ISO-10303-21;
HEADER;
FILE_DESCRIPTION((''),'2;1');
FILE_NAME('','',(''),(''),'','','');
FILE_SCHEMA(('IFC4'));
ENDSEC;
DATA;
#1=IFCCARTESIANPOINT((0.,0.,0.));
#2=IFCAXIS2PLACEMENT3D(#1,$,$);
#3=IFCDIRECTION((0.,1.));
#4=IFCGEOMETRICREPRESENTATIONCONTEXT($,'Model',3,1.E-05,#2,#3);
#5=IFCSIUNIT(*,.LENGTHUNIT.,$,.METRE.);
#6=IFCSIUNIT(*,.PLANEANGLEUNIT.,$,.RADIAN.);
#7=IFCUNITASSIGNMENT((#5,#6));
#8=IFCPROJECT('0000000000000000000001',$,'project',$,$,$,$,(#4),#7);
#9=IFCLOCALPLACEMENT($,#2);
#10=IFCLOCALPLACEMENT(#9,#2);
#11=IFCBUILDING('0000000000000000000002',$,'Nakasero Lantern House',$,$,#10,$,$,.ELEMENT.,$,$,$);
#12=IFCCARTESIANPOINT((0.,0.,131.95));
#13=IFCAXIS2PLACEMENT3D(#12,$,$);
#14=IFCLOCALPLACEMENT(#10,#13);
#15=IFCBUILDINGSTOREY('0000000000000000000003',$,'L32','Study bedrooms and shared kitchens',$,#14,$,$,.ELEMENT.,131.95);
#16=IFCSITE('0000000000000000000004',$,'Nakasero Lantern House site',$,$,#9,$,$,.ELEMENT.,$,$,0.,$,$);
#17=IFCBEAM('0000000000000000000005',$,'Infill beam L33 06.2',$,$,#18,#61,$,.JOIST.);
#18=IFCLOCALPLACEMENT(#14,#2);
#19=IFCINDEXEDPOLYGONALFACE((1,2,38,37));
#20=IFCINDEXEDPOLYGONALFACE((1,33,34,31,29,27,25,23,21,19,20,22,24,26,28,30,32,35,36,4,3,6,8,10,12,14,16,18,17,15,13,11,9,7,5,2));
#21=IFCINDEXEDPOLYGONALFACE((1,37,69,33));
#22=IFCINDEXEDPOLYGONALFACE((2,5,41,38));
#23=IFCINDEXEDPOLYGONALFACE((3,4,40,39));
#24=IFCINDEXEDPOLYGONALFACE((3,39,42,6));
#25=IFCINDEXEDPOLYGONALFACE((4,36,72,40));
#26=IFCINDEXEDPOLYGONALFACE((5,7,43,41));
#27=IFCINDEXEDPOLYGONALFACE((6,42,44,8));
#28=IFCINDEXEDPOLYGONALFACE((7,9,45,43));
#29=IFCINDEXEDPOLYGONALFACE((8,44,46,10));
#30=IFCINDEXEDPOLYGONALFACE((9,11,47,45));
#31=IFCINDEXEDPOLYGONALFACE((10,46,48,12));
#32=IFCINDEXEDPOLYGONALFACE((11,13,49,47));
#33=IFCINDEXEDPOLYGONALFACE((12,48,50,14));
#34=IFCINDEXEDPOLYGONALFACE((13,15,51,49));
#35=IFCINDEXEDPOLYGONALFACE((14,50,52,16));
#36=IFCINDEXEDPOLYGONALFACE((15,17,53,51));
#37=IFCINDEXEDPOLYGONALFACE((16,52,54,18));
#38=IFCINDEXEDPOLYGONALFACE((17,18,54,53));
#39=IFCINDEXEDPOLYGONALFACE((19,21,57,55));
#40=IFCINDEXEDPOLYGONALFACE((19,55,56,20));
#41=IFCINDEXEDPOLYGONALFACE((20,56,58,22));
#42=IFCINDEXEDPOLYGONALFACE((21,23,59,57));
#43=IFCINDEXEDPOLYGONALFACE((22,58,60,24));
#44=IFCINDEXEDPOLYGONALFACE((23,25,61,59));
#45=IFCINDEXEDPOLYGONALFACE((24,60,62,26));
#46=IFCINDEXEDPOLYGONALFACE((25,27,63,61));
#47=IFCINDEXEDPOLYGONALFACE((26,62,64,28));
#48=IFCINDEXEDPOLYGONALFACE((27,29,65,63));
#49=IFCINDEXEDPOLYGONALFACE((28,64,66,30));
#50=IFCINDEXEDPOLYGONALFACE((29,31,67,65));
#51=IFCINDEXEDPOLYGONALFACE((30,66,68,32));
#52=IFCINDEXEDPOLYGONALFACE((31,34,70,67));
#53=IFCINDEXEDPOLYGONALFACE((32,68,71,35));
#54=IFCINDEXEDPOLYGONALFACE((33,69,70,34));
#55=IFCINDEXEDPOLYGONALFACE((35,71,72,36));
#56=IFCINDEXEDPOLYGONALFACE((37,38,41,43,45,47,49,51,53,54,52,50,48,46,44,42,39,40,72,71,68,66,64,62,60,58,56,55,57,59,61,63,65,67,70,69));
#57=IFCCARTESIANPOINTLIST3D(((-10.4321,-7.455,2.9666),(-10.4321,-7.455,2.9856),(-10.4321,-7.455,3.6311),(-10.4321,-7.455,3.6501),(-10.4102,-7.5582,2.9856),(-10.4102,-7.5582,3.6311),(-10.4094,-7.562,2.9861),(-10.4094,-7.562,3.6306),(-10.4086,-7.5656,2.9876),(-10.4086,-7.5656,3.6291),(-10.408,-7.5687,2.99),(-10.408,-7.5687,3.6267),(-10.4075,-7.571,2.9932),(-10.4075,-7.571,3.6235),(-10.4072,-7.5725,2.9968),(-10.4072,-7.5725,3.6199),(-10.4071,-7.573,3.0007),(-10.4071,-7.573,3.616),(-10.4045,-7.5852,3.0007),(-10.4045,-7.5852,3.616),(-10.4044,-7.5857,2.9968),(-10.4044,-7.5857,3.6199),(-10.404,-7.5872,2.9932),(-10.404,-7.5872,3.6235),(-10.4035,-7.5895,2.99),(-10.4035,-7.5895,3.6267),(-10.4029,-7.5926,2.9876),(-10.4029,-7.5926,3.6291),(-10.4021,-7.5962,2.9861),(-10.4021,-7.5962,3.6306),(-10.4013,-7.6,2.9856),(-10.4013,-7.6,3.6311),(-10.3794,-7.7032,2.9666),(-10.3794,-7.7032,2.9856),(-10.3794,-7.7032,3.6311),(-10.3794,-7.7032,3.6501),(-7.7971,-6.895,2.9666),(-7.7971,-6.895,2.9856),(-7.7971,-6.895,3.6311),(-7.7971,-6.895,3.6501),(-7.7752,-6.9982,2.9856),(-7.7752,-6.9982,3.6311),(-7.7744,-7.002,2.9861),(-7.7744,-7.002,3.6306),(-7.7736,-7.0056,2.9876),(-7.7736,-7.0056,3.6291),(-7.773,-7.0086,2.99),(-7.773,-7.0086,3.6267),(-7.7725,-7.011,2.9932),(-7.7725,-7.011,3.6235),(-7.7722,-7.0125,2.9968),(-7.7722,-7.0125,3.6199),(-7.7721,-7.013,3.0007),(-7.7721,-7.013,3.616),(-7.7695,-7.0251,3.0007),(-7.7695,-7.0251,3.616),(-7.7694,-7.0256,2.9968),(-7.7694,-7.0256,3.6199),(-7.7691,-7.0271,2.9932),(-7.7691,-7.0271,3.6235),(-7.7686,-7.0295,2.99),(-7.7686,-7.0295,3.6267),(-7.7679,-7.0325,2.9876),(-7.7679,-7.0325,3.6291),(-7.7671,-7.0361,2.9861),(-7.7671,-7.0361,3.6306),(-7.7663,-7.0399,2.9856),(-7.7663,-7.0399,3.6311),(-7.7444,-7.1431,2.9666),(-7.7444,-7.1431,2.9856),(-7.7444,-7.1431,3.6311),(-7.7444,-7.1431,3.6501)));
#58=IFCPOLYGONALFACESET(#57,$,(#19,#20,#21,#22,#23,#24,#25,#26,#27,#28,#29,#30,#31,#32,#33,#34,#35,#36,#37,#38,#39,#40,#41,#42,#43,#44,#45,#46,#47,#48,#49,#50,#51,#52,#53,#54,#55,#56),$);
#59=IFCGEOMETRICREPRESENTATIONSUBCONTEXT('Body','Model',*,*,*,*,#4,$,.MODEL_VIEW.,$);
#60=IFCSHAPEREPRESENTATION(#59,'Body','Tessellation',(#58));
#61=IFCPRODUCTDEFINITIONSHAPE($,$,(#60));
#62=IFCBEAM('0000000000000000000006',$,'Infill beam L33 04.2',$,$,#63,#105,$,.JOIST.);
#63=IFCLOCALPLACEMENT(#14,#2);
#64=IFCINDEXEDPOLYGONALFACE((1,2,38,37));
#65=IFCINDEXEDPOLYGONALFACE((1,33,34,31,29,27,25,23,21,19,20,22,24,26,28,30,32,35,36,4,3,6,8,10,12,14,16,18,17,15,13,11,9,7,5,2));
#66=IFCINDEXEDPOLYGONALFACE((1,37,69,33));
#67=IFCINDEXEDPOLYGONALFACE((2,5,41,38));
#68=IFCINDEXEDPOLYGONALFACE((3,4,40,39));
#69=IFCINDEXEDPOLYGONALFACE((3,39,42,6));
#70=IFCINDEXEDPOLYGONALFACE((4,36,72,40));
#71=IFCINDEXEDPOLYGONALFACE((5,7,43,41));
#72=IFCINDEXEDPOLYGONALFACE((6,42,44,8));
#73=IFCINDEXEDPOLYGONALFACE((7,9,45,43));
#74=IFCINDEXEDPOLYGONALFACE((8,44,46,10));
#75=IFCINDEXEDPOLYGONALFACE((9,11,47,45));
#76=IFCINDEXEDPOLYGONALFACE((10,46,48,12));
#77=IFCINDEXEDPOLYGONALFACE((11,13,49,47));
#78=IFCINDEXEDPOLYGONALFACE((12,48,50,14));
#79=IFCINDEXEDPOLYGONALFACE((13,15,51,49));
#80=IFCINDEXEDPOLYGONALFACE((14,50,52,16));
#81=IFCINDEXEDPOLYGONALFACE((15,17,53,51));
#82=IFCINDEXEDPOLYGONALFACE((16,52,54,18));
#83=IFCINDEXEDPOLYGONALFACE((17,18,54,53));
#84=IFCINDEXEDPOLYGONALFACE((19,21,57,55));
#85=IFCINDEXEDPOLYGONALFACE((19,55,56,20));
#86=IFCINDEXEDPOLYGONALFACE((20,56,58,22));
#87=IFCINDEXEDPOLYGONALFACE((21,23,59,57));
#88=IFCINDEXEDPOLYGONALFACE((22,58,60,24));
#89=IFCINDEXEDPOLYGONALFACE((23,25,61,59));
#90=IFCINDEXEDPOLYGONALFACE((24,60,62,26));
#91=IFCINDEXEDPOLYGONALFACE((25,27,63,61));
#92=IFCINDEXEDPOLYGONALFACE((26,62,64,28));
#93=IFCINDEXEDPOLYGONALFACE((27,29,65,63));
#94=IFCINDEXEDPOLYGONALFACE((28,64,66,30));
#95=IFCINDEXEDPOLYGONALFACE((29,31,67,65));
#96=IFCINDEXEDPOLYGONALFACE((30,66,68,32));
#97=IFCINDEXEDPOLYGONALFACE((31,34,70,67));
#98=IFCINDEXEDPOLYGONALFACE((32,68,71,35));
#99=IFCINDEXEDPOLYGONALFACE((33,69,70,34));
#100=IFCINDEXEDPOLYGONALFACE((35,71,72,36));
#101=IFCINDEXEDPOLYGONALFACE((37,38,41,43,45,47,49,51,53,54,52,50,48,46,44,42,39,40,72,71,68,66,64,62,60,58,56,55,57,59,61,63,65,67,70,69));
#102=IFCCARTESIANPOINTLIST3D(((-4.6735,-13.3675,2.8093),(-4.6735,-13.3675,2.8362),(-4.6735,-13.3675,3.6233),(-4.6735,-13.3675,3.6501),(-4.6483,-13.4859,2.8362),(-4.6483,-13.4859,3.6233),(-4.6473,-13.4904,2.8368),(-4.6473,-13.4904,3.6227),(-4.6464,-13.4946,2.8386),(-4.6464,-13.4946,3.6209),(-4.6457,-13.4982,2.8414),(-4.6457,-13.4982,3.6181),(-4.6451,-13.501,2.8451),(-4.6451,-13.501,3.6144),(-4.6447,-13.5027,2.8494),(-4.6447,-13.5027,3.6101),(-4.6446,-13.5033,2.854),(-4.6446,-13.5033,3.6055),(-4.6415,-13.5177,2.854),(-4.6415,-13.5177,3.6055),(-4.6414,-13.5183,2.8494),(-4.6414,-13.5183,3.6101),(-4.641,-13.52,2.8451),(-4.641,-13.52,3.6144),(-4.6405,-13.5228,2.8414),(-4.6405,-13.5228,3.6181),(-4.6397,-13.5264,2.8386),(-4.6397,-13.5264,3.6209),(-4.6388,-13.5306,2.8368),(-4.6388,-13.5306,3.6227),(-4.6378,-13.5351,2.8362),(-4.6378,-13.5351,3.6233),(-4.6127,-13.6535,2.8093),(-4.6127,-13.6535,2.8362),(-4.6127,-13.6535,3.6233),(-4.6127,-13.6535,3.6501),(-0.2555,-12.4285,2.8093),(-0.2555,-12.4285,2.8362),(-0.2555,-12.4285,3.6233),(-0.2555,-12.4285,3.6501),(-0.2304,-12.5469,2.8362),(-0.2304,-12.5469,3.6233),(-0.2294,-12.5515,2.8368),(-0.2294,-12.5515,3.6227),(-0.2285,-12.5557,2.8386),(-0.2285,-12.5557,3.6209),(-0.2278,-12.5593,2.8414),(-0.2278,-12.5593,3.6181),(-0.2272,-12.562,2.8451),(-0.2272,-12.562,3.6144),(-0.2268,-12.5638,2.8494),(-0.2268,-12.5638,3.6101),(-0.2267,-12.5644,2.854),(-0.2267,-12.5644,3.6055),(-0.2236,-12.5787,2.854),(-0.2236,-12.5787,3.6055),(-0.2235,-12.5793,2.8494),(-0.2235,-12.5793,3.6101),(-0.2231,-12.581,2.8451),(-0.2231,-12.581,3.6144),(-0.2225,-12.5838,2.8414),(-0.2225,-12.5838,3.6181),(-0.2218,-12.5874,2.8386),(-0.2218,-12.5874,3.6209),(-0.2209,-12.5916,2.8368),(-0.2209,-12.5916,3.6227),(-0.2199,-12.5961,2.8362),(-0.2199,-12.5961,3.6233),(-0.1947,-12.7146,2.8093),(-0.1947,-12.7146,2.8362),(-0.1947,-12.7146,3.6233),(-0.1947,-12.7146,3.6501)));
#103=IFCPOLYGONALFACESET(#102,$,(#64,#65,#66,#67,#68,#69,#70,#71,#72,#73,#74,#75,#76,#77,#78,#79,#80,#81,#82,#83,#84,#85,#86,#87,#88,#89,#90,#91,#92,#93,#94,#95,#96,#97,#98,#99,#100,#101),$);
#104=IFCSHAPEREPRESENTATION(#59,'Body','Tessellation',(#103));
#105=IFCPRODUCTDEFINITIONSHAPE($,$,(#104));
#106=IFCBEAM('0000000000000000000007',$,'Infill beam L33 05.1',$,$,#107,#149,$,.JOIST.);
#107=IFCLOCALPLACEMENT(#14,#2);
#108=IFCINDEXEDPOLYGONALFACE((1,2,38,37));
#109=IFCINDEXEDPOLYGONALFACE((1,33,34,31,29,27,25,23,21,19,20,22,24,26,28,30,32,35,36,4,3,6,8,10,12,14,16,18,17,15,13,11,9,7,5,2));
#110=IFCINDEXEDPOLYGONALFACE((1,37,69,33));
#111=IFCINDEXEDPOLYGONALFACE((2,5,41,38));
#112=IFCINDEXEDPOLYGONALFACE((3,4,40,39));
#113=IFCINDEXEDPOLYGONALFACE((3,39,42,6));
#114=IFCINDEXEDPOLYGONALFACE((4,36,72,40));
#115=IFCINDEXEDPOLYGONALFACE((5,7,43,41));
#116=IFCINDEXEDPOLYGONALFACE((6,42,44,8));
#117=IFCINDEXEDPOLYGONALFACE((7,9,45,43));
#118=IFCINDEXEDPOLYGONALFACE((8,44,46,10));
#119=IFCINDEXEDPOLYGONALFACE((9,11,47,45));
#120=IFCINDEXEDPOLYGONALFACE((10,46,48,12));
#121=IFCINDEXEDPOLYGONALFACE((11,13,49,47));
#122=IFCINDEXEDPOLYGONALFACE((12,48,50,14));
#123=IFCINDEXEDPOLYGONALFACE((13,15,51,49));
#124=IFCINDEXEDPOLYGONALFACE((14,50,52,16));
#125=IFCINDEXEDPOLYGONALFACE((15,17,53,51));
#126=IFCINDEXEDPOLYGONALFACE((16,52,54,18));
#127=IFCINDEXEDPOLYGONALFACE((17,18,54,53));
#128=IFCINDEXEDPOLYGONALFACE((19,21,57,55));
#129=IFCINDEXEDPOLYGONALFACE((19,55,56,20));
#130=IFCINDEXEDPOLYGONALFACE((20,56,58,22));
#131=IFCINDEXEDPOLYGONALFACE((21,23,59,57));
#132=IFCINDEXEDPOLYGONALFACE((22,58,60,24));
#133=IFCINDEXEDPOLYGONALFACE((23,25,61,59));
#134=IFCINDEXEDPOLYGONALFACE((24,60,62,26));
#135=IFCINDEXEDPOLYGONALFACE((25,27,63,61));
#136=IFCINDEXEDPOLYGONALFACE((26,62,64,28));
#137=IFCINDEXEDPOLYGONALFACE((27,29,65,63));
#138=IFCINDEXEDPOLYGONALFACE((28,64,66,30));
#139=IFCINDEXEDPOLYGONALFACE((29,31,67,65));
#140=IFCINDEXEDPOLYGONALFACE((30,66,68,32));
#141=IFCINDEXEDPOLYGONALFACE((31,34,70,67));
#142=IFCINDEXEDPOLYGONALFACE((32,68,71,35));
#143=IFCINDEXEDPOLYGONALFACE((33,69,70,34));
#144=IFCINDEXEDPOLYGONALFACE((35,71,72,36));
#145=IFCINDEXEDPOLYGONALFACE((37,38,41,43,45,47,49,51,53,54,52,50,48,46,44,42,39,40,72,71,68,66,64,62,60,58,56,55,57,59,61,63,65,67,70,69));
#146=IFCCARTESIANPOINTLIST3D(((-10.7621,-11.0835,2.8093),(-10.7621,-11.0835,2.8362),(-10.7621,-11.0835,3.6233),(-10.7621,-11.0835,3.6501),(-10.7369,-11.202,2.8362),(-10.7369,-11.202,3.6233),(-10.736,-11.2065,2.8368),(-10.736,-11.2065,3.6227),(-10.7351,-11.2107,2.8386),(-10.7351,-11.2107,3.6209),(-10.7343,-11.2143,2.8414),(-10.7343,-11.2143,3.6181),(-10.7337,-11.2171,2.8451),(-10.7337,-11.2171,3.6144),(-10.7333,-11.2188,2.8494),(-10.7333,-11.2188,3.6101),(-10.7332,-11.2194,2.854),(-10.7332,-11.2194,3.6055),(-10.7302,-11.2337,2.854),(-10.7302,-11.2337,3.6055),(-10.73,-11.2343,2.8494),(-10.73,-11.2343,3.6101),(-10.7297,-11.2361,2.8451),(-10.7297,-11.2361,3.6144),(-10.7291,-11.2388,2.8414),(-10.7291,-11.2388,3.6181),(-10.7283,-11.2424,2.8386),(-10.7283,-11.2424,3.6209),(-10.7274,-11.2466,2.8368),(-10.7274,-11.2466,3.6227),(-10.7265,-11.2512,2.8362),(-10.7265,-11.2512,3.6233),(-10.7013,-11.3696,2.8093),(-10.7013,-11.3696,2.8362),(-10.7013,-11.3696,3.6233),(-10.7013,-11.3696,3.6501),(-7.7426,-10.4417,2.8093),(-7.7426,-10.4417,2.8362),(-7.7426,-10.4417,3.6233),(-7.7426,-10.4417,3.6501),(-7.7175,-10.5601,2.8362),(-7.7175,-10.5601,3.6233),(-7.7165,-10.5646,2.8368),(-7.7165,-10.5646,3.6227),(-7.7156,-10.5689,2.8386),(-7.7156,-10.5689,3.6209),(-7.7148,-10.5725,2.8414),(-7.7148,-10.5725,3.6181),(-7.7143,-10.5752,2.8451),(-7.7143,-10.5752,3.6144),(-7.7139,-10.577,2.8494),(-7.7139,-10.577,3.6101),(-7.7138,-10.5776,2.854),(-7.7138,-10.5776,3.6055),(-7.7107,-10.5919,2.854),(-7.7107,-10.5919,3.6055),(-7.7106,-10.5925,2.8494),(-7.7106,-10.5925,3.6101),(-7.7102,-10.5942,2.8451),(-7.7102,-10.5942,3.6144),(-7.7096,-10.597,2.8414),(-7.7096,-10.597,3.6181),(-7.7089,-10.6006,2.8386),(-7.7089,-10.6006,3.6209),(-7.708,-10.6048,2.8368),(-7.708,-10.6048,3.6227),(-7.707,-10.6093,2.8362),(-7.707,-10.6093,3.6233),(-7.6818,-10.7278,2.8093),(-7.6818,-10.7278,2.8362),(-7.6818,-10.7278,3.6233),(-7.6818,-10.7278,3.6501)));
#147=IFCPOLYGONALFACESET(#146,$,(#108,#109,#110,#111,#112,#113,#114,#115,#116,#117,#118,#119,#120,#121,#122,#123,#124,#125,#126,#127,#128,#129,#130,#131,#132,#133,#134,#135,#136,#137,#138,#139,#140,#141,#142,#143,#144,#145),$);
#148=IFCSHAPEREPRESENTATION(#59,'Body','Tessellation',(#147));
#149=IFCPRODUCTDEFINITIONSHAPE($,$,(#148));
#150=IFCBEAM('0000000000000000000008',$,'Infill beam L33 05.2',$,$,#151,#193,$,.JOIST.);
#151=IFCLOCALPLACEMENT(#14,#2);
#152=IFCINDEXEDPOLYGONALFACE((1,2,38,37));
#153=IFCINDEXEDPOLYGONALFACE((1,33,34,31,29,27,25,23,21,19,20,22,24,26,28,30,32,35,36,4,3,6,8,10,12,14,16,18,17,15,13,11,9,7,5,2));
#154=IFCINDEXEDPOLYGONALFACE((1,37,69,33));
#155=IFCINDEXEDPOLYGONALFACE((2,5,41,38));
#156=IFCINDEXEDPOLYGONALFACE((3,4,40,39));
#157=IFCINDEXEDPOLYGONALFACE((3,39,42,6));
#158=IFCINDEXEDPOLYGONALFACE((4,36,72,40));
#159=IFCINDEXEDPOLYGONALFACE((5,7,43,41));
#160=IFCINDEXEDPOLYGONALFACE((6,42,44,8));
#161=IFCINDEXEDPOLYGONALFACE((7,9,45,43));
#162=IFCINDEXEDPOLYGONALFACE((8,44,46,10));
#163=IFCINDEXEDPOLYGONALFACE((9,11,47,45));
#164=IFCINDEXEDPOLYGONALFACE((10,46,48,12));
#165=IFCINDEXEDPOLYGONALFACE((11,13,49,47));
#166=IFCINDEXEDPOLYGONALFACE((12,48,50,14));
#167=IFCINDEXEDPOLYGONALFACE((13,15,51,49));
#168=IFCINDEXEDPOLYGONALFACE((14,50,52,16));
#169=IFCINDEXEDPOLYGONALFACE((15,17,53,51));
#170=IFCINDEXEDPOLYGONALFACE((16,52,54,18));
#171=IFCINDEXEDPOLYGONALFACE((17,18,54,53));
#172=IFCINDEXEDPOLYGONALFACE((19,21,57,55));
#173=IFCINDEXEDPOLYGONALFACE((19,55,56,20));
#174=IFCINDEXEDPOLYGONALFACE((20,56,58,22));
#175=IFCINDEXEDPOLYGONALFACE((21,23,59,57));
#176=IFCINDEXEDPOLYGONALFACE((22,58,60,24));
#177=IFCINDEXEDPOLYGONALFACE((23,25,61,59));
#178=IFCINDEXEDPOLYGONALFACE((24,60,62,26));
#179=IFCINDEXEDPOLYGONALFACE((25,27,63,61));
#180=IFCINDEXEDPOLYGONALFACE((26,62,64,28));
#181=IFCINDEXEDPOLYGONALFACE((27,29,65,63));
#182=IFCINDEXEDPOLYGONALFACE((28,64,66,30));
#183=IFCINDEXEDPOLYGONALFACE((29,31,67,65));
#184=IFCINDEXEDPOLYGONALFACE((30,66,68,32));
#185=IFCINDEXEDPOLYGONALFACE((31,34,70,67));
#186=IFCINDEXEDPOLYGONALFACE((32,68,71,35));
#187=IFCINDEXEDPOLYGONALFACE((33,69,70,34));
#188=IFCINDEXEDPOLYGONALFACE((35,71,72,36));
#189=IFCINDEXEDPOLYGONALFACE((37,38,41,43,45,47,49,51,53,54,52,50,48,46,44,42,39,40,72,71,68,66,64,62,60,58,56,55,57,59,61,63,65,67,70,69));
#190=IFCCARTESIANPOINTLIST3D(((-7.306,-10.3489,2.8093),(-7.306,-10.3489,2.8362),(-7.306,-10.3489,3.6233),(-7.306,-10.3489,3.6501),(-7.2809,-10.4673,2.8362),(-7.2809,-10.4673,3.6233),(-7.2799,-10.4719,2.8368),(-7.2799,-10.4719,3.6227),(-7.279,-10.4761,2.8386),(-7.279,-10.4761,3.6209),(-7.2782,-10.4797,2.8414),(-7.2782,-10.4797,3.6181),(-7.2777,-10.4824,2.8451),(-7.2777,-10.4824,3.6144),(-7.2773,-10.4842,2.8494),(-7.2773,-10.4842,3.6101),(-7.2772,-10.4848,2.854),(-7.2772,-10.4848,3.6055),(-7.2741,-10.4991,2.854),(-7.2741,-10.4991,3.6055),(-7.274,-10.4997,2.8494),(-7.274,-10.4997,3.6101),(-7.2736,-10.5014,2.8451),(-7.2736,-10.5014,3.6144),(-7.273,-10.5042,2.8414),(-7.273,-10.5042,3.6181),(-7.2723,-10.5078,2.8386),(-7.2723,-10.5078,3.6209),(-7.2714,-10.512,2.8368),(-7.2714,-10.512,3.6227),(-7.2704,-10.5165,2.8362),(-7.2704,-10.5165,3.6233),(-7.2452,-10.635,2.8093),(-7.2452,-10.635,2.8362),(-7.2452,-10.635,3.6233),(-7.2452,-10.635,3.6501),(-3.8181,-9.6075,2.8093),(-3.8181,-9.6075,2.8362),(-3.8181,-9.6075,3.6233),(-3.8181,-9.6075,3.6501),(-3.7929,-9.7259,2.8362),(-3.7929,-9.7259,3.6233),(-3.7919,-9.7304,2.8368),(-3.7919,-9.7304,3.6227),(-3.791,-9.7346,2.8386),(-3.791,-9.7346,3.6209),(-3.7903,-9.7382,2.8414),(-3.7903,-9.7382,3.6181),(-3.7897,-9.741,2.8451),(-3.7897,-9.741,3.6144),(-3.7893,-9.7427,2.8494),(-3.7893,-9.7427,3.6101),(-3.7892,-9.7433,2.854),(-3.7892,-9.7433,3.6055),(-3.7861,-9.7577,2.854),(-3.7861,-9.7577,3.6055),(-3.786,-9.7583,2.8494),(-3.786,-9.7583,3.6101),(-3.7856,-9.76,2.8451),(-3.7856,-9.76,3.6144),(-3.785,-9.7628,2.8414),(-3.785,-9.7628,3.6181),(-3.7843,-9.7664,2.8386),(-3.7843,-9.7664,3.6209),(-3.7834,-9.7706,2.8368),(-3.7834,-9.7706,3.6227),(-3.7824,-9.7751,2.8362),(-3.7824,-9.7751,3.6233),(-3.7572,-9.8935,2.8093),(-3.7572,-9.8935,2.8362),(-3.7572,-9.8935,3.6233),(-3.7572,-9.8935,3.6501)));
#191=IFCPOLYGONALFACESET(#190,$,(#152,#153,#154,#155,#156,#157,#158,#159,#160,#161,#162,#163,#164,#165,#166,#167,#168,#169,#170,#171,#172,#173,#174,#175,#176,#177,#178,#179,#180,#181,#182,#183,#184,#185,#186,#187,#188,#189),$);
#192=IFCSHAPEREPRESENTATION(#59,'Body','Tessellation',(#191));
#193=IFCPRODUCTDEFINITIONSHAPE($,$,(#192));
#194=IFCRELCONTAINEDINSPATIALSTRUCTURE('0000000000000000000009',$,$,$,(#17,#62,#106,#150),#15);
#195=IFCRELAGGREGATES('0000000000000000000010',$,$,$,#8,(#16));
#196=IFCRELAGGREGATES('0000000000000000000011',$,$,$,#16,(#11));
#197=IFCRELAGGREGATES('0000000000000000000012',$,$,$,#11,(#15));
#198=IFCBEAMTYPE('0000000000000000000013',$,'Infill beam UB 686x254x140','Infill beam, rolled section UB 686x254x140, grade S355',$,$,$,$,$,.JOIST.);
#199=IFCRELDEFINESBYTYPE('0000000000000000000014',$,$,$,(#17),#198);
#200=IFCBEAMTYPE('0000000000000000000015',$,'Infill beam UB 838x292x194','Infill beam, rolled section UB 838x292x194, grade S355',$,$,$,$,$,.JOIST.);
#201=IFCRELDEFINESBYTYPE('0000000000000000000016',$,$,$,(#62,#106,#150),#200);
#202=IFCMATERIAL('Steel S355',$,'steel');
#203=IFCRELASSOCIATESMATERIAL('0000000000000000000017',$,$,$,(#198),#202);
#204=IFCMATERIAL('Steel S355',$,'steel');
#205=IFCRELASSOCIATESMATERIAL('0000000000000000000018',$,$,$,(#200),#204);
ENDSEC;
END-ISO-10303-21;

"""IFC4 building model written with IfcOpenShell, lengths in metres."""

from ifc_helpers import new_model, si_unit, direction, frame, origin, origin_2d, place, context, subcontext, project, spatial, i_section, extrude, material, material_profile, profile_set, type_object, element, save


model = new_model("IFC4")

# Units and contexts
model_context = context("Model", 3, precision=1e-05, world=origin(), true_north=direction((0.0, 1.0)))
body_context = subcontext(model_context, "Body", "Model", "MODEL_VIEW")
ifc_project = project(units=[si_unit("LENGTHUNIT", "METRE"), si_unit("PLANEANGLEUNIT", "RADIAN")], contexts=[model_context])

# Site, building, storey
site_placement = place(None, origin())
site = spatial("IfcSite", under=ifc_project, at=site_placement, Name="Nakasero Lantern House site", CompositionType="ELEMENT", RefElevation=0.0)
building_placement = place(site_placement, origin())
building = spatial("IfcBuilding", under=site, at=building_placement, Name="Nakasero Lantern House", CompositionType="ELEMENT")
storey_placement = place(building_placement, frame((0.0, 0.0, 131.95)))
storey = spatial("IfcBuildingStorey", under=building, at=storey_placement, Name="L32", Description="Study bedrooms and shared kitchens", CompositionType="ELEMENT", Elevation=131.95)

# Beams
ifc_material_1 = material(Name="Steel S355", Category="steel")
ifc_material_profile_1 = material_profile(ifc_material_1, i_section(OverallWidth=0.2537, OverallDepth=0.6836, WebThickness=0.0125, FlangeThickness=0.019, FilletRadius=0.0151, at=origin_2d()), Name="UB 686x254x140")
ifc_profile_set_1 = profile_set([ifc_material_profile_1], Name="Steel S355")
beam_type_1 = type_object("IfcBeamType", Name="Infill beam UB 686x254x140", Description="Infill beam, rolled section UB 686x254x140, grade S355", PredefinedType="JOIST", material=ifc_profile_set_1)
beam_1_placement = place(storey_placement, frame((-10.4058, -7.5791, 3.3083), z_axis=(0.97815, 0.207901, 0.0), x_axis=(-0.207901, 0.97815, 0.0)))
element("IfcBeam", 1, at=beam_1_placement, inside=storey, type_object=beam_type_1, Name="Infill beam L33 06.2", PredefinedType="JOIST", context=body_context, shape_type="SweptSolid", body=[
    extrude(i_section(OverallWidth=0.2537, OverallDepth=0.6836, WebThickness=0.0125, FlangeThickness=0.019, FilletRadius=0.0151, at=origin_2d()), origin(), (0.0, 0.0, 1.0), 2.6938),
])
ifc_material_2 = material(Name="Steel S355", Category="steel")
ifc_material_profile_2 = material_profile(ifc_material_2, i_section(OverallWidth=0.2925, OverallDepth=0.8408, WebThickness=0.0146, FlangeThickness=0.0269, FilletRadius=0.0178, at=origin_2d()), Name="UB 838x292x194")
ifc_profile_set_2 = profile_set([ifc_material_profile_2], Name="Steel S355")
beam_type_2 = type_object("IfcBeamType", Name="Infill beam UB 838x292x194", Description="Infill beam, rolled section UB 838x292x194, grade S355", PredefinedType="JOIST", material=ifc_profile_set_2)
beam_2_placement = place(storey_placement, frame((-4.6431, -13.5105, 3.2297), z_axis=(0.978152, 0.20789, 0.0), x_axis=(-0.20789, 0.978152, 0.0)))
element("IfcBeam", 2, at=beam_2_placement, inside=storey, type_object=beam_type_2, Name="Infill beam L33 04.2", PredefinedType="JOIST", context=body_context, shape_type="SweptSolid", body=[
    extrude(i_section(OverallWidth=0.2925, OverallDepth=0.8408, WebThickness=0.0146, FlangeThickness=0.0269, FilletRadius=0.0178, at=origin_2d()), origin(), (0.0, 0.0, 1.0), 4.5166),
])
beam_3_placement = place(storey_placement, frame((-10.7317, -11.2266, 3.2297), z_axis=(0.978146, 0.207919, 0.0), x_axis=(-0.207919, 0.978146, 0.0)))
element("IfcBeam", 3, at=beam_3_placement, inside=storey, type_object=beam_type_2, Name="Infill beam L33 05.1", PredefinedType="JOIST", context=body_context, shape_type="SweptSolid", body=[
    extrude(i_section(OverallWidth=0.2925, OverallDepth=0.8408, WebThickness=0.0146, FlangeThickness=0.0269, FilletRadius=0.0178, at=origin_2d()), origin(), (0.0, 0.0, 1.0), 3.0869),
])
beam_4_placement = place(storey_placement, frame((-7.2756, -10.4919, 3.2297), z_axis=(0.978145, 0.207925, 0.0), x_axis=(-0.207925, 0.978145, 0.0)))
element("IfcBeam", 4, at=beam_4_placement, inside=storey, type_object=beam_type_2, Name="Infill beam L33 05.2", PredefinedType="JOIST", context=body_context, shape_type="SweptSolid", body=[
    extrude(i_section(OverallWidth=0.2925, OverallDepth=0.8408, WebThickness=0.0146, FlangeThickness=0.0269, FilletRadius=0.0178, at=origin_2d()), origin(), (0.0, 0.0, 1.0), 3.5659),
])

save(model, "model.ifc")
